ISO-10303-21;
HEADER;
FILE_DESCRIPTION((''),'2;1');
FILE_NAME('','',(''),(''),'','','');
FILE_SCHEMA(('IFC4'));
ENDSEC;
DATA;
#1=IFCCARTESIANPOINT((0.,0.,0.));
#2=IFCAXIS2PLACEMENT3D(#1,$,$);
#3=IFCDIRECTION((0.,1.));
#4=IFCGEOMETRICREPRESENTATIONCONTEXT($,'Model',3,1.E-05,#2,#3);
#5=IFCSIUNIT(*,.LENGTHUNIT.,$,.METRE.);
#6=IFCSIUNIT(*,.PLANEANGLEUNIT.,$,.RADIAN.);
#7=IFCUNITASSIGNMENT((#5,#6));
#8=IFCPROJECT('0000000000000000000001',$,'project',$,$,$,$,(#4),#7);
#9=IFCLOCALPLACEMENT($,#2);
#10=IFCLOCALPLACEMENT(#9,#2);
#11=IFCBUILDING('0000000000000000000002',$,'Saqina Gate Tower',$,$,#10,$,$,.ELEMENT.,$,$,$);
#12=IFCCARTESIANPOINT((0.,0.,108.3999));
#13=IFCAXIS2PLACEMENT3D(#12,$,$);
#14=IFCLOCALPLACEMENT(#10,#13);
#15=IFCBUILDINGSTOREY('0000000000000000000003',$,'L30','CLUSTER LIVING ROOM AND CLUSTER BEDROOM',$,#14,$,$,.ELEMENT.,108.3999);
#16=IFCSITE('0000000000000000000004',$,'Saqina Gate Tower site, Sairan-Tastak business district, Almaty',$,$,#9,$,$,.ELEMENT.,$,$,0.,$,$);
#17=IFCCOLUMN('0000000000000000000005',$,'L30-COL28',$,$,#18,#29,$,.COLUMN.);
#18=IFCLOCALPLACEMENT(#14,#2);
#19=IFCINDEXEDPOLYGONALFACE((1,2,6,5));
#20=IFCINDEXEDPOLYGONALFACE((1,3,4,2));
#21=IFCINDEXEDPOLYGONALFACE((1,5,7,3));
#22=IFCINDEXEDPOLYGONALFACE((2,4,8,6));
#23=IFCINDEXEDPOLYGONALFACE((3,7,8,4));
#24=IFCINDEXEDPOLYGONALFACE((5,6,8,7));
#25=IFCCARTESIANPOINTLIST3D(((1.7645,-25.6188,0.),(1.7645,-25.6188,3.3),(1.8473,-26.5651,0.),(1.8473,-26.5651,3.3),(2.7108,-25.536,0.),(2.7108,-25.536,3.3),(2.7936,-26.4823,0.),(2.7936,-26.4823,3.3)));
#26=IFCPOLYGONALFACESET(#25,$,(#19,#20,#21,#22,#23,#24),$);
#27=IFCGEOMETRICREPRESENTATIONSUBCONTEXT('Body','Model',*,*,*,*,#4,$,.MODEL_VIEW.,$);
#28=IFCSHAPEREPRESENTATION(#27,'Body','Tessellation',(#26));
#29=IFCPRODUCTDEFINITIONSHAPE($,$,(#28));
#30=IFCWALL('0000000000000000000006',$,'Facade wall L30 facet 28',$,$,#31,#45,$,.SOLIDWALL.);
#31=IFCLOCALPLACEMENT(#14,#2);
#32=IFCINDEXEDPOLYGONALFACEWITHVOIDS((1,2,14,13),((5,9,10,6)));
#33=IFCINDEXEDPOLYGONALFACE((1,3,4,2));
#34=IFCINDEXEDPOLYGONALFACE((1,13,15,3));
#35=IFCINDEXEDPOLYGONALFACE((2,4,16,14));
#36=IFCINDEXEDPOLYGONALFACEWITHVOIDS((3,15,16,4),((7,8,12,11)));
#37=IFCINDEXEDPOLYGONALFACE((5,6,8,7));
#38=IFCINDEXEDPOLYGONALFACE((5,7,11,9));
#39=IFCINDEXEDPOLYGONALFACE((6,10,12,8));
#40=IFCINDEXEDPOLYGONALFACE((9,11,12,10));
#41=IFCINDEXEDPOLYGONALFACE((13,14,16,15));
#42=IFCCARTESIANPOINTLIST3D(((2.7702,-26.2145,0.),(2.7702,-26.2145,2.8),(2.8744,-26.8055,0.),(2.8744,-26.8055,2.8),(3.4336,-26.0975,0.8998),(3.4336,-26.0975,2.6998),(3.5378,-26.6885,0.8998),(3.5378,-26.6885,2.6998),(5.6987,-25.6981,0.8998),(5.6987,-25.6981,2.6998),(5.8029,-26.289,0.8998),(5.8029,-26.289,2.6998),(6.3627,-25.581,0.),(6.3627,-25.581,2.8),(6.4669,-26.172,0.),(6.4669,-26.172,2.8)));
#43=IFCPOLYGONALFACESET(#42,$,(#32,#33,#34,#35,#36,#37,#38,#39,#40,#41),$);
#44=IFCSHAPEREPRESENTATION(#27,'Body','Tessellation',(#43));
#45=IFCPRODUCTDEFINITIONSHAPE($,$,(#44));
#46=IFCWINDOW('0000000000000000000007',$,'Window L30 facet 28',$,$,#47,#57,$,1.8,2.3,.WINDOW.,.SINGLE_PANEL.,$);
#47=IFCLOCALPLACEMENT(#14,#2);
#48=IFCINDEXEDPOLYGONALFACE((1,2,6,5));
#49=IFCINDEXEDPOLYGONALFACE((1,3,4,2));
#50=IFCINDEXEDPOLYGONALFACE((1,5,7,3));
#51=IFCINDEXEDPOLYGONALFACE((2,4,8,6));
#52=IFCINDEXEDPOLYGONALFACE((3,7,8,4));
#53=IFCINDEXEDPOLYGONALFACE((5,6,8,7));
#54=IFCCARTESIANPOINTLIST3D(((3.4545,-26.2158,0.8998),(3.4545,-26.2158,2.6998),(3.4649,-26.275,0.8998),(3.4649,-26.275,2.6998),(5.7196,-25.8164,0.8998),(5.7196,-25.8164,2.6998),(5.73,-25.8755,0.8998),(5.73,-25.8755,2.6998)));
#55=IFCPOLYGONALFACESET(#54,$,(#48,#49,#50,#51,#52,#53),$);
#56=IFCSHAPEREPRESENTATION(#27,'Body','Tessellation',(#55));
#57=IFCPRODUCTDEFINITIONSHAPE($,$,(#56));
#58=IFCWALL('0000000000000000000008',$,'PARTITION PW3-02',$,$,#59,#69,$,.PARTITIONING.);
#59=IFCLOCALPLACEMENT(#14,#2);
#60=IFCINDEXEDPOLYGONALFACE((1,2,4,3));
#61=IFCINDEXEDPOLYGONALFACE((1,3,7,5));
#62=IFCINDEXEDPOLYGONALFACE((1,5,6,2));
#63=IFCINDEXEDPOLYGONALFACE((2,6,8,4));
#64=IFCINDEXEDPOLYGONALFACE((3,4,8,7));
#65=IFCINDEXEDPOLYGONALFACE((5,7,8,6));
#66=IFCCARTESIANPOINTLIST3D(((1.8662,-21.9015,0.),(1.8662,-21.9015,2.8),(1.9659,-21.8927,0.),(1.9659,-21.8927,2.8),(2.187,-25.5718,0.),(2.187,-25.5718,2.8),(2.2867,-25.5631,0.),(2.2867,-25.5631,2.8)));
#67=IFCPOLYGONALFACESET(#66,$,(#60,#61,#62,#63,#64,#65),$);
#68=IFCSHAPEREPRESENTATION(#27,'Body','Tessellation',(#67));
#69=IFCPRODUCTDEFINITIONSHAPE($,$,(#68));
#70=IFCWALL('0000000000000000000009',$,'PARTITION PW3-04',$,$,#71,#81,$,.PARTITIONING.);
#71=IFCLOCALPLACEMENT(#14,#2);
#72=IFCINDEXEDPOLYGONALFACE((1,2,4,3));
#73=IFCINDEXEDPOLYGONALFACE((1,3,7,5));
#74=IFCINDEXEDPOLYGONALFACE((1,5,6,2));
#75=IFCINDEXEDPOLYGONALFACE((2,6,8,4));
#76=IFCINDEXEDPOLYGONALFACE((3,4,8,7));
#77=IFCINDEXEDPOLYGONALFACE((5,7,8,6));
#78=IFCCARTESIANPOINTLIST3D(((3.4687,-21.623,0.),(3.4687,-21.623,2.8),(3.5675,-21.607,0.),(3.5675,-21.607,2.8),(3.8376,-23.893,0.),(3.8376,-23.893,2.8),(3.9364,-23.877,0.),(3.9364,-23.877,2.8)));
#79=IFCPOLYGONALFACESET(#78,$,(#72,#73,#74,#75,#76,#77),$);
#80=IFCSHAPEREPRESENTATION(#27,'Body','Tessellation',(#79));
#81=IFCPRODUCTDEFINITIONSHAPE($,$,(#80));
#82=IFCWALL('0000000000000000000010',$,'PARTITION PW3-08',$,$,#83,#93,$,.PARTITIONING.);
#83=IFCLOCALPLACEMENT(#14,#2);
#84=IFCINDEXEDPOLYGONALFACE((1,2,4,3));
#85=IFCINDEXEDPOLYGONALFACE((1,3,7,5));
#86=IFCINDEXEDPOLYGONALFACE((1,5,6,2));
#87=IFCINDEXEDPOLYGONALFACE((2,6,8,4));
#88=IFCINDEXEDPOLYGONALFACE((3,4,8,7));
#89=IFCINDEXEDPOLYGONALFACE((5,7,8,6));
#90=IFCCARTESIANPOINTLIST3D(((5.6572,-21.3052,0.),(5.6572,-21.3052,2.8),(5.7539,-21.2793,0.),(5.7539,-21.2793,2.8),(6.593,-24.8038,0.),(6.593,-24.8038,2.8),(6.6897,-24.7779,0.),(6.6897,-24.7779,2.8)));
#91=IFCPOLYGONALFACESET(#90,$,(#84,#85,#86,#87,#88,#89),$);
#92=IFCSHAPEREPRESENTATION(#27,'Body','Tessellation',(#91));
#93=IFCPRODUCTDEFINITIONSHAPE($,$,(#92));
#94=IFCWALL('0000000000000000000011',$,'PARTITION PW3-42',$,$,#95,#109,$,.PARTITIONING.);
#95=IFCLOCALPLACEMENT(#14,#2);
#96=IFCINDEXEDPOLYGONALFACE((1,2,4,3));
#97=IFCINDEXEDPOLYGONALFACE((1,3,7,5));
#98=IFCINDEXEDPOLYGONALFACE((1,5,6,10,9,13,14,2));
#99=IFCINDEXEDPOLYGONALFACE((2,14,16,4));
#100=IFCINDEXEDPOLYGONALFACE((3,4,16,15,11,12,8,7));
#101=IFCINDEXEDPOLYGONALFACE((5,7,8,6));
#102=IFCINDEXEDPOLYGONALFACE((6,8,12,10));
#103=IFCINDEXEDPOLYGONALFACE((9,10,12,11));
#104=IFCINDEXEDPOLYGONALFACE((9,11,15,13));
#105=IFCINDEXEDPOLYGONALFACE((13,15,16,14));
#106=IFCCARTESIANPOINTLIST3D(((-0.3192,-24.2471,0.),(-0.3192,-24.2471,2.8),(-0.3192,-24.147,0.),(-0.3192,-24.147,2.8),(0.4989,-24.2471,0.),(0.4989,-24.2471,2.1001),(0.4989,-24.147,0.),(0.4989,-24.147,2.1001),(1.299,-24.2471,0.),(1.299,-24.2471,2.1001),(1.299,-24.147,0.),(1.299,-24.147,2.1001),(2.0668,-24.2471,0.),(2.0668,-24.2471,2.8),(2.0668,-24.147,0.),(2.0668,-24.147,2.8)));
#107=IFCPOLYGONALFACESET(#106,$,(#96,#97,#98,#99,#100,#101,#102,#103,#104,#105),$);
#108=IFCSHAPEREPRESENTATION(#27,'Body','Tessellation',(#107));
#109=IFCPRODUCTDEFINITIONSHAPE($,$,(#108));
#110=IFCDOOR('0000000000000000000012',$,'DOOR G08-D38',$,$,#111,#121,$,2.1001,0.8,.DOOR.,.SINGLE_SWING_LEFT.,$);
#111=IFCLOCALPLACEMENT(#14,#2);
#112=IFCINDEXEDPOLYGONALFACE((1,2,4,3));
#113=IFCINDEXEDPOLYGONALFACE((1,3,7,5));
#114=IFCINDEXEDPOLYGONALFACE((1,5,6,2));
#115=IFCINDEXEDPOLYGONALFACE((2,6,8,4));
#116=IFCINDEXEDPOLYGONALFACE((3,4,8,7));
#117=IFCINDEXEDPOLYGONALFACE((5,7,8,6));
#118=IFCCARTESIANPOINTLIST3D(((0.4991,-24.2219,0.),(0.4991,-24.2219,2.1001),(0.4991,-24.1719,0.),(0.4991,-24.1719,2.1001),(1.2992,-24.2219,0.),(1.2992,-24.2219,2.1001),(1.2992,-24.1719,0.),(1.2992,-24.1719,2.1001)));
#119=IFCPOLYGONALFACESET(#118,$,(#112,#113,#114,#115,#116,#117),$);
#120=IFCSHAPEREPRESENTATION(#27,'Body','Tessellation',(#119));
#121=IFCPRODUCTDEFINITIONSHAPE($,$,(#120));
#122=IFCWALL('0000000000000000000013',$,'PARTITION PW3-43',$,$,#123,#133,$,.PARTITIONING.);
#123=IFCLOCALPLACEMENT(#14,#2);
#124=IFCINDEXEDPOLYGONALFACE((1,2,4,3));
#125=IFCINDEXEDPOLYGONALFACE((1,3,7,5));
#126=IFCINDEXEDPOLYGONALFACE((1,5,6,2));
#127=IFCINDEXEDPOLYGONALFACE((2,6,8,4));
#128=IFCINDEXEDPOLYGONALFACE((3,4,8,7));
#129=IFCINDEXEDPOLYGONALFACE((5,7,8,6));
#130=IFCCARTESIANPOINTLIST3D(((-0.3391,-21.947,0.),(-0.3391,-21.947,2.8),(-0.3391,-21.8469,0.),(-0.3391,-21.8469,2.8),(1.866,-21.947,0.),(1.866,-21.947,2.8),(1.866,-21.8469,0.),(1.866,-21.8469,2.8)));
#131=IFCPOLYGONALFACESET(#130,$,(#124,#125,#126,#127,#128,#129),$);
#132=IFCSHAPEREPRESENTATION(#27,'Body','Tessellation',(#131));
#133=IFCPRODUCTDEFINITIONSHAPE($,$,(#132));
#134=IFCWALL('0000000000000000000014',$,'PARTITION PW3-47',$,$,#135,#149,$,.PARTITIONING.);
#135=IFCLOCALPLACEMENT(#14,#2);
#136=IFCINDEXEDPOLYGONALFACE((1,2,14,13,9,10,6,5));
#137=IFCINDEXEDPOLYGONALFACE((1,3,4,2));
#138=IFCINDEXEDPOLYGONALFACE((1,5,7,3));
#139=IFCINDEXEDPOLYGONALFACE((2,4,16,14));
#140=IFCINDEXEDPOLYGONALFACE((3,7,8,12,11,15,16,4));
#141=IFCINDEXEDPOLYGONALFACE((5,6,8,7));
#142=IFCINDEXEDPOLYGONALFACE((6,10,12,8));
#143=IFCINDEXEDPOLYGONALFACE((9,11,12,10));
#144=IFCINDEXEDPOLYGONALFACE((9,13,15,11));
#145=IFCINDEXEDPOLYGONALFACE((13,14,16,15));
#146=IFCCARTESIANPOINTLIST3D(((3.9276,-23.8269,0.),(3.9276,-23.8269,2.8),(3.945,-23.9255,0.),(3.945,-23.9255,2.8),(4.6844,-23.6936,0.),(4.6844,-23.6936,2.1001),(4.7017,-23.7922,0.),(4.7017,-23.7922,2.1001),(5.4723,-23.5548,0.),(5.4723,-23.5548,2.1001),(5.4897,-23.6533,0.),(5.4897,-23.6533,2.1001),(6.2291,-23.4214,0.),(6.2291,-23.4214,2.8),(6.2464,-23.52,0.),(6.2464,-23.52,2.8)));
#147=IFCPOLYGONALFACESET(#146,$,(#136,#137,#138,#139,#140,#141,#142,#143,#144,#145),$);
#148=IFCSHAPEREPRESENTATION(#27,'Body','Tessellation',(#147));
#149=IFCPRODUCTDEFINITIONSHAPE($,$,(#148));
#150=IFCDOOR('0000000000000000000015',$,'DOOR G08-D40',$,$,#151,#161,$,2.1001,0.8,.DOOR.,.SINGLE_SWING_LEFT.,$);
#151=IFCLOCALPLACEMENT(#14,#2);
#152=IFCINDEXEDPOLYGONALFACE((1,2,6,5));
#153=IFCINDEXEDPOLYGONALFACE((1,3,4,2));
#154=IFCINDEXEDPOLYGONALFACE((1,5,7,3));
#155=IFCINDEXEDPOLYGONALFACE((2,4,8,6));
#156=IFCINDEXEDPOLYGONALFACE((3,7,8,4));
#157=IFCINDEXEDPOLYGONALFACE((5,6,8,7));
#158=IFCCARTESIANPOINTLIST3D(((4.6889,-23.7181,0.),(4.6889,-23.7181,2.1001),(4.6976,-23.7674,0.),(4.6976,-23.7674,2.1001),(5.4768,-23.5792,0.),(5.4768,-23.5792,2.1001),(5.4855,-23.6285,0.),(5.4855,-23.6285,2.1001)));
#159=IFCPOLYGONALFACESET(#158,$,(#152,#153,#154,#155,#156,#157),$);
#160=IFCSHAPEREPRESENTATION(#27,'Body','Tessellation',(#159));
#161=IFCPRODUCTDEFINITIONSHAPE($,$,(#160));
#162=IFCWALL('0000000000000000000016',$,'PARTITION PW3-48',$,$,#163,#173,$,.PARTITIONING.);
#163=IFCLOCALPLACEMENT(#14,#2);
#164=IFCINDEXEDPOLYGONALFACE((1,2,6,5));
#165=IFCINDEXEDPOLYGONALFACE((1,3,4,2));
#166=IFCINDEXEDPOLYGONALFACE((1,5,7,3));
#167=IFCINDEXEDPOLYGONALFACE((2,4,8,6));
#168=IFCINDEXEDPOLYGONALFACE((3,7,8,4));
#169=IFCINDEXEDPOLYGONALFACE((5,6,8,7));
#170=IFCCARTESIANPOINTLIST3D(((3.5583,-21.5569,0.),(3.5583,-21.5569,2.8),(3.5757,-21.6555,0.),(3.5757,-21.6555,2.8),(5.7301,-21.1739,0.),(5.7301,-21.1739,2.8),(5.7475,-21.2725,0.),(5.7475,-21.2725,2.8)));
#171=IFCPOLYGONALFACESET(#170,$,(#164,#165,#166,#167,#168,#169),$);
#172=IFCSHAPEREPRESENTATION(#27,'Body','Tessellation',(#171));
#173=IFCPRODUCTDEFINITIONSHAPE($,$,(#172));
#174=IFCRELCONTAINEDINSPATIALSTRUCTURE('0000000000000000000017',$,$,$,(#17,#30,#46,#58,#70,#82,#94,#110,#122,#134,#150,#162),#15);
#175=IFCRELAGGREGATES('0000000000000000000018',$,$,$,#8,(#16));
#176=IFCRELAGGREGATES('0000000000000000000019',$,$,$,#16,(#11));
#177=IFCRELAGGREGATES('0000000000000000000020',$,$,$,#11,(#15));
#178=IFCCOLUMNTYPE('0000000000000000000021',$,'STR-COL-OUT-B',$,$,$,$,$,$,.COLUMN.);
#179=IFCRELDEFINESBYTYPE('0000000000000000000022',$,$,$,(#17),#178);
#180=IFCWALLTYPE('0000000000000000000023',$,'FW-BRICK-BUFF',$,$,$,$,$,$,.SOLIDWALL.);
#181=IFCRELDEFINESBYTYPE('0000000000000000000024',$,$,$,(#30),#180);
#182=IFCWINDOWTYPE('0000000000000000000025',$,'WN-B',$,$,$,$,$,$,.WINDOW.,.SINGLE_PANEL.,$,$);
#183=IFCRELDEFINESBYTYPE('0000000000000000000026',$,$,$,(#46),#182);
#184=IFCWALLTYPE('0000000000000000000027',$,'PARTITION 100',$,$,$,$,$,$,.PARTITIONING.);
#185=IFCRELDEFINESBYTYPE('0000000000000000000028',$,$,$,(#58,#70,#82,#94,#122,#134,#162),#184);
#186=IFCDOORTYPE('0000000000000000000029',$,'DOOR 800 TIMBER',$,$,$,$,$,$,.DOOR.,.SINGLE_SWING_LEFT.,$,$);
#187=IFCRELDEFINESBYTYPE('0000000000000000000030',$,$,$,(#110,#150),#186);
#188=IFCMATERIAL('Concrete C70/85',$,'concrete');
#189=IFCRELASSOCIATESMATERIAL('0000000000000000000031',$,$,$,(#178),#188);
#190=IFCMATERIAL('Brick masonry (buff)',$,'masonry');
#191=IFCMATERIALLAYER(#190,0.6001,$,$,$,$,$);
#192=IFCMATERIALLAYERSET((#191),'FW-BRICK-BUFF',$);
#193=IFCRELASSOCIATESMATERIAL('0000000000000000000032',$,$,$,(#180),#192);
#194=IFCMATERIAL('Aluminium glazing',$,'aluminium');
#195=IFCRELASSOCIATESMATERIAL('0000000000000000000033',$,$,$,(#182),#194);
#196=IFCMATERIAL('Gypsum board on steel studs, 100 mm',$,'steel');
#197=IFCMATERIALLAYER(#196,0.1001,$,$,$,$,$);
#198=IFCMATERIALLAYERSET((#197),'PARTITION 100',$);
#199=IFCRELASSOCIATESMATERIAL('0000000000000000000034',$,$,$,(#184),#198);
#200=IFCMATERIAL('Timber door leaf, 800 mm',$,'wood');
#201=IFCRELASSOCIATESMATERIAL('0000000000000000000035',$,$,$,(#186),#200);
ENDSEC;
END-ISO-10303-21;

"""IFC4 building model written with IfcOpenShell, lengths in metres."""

from ifc_helpers import new_model, si_unit, direction, frame, frame_2d, origin, origin_2d, place, context, subcontext, project, spatial, rectangle, extrude, material, layer, layer_set, material_profile, profile_set, type_object, element, fill, save


model = new_model("IFC4")

# Units and contexts
model_context = context("Model", 3, precision=1e-05, world=origin(), true_north=direction((0.0, 1.0)))
body_context = subcontext(model_context, "Body", "Model", "MODEL_VIEW")
ifc_project = project(units=[si_unit("LENGTHUNIT", "METRE"), si_unit("PLANEANGLEUNIT", "RADIAN")], contexts=[model_context])

# Site, building, storey
site_placement = place(None, origin())
site = spatial("IfcSite", under=ifc_project, at=site_placement, Name="Saqina Gate Tower site, Sairan-Tastak business district, Almaty", CompositionType="ELEMENT", RefElevation=0.0)
building_placement = place(site_placement, origin())
building = spatial("IfcBuilding", under=site, at=building_placement, Name="Saqina Gate Tower", CompositionType="ELEMENT")
storey_placement = place(building_placement, frame((0.0, 0.0, 108.3999)))
storey = spatial("IfcBuildingStorey", under=building, at=storey_placement, Name="L30", Description="CLUSTER LIVING ROOM AND CLUSTER BEDROOM", CompositionType="ELEMENT", Elevation=108.3999)

# Column
ifc_material_1 = material(Name="Concrete C70/85", Category="concrete")
ifc_material_profile = material_profile(ifc_material_1, rectangle(XDim=0.95, YDim=0.95, at=origin_2d()), Name="RC 950x950")
ifc_profile_set = profile_set([ifc_material_profile], Name="Concrete C70/85")
column_type = type_object("IfcColumnType", Name="STR-COL-OUT-B", PredefinedType="COLUMN", material=ifc_profile_set)
column_placement = place(storey_placement, frame((2.2791, -26.0505, 0.0), z_axis=(0.0, 0.0, 1.0), x_axis=(0.087156, -0.996195, 0.0)))
element("IfcColumn", 1, at=column_placement, inside=storey, type_object=column_type, Name="L30-COL28", PredefinedType="COLUMN", context=body_context, shape_type="SweptSolid", body=[
    extrude(rectangle(XDim=0.95, YDim=0.95, at=origin_2d()), origin(), (0.0, 0.0, 1.0), 3.3),
])

# Wall, opening, window
ifc_material_2 = material(Name="Brick masonry (buff)", Category="masonry")
ifc_layer_1 = layer(ifc_material_2, 0.6001)
ifc_layer_set_1 = layer_set([ifc_layer_1], Name="FW-BRICK-BUFF")
wall_type_1 = type_object("IfcWallType", Name="FW-BRICK-BUFF", PredefinedType="SOLIDWALL", material=ifc_layer_set_1)
wall_1_placement = place(storey_placement, frame((2.8223, -26.51, 0.0), z_axis=(0.0, 0.0, 1.0), x_axis=(0.984804, 0.173671, 0.0)))
wall_1 = element("IfcWall", 2, at=wall_1_placement, inside=storey, type_object=wall_type_1, Name="Facade wall L30 facet 28", PredefinedType="SOLIDWALL", context=body_context, shape_type="SweptSolid", body=[
    extrude(rectangle(XDim=3.6479, YDim=0.6001, at=frame_2d((1.824, 0.0))), origin(), (0.0, 0.0, 1.0), 2.8),
])
opening_1_placement = place(wall_1_placement, frame((0.6738, 0.0, 0.8999)))
opening_1 = element("IfcOpeningElement", 3, at=opening_1_placement, cuts=wall_1, PredefinedType="OPENING", context=body_context, shape_type="SweptSolid", body=[
    extrude(rectangle(XDim=2.3, YDim=1.8, at=frame_2d((1.1499, 0.8999))), frame((0.0, 0.312, 0.0), z_axis=(0.0, -1.0, 0.0), x_axis=(1.0, 0.0, 0.0)), (0.0, 0.0, 1.0), 0.624),
])
ifc_material_3 = material(Name="Aluminium glazing", Category="aluminium")
window_type = type_object("IfcWindowType", Name="WN-B", PartitioningType="SINGLE_PANEL", PredefinedType="WINDOW", material=ifc_material_3)
window_placement = place(opening_1_placement, origin())
window = element("IfcWindow", 4, at=window_placement, inside=storey, type_object=window_type, Name="Window L30 facet 28", OverallHeight=1.8, OverallWidth=2.3, PartitioningType="SINGLE_PANEL", PredefinedType="WINDOW", context=body_context, shape_type="SweptSolid", body=[
    extrude(rectangle(XDim=2.3, YDim=1.8, at=frame_2d((1.1499, 0.8999))), frame((0.0, 0.1799, 0.0), z_axis=(0.0, -1.0, 0.0), x_axis=(1.0, 0.0, 0.0)), (0.0, 0.0, 1.0), 0.0601),
])
fill(opening_1, window)

# Walls
ifc_material_4 = material(Name="Gypsum board on steel studs, 100 mm", Category="steel")
ifc_layer_2 = layer(ifc_material_4, 0.1001)
ifc_layer_set_2 = layer_set([ifc_layer_2], Name="PARTITION 100")
wall_type_2 = type_object("IfcWallType", Name="PARTITION 100", PredefinedType="PARTITIONING", material=ifc_layer_set_2)
wall_2_placement = place(storey_placement, frame((1.916, -21.897, 0.0), z_axis=(0.0, 0.0, 1.0), x_axis=(0.08707, -0.996202, 0.0)))
element("IfcWall", 5, at=wall_2_placement, inside=storey, type_object=wall_type_2, Name="PARTITION PW3-02", PredefinedType="PARTITIONING", context=body_context, shape_type="SweptSolid", body=[
    extrude(rectangle(XDim=3.6843, YDim=0.1001, at=frame_2d((1.8423, 0.0))), origin(), (0.0, 0.0, 1.0), 2.8),
])
wall_3_placement = place(storey_placement, frame((3.5181, -21.615, 0.0), z_axis=(0.0, 0.0, 1.0), x_axis=(0.160404, -0.987051, 0.0)))
element("IfcWall", 6, at=wall_3_placement, inside=storey, type_object=wall_type_2, Name="PARTITION PW3-04", PredefinedType="PARTITIONING", context=body_context, shape_type="SweptSolid", body=[
    extrude(rectangle(XDim=2.2998, YDim=0.1001, at=frame_2d((1.1499, 0.0))), origin(), (0.0, 0.0, 1.0), 2.8),
])
wall_4_placement = place(storey_placement, frame((5.7056, -21.2922, 0.0), z_axis=(0.0, 0.0, 1.0), x_axis=(0.258397, -0.966039, 0.0)))
element("IfcWall", 7, at=wall_4_placement, inside=storey, type_object=wall_type_2, Name="PARTITION PW3-08", PredefinedType="PARTITIONING", context=body_context, shape_type="SweptSolid", body=[
    extrude(rectangle(XDim=3.6216, YDim=0.1001, at=frame_2d((1.8108, 0.0))), origin(), (0.0, 0.0, 1.0), 2.8),
])

# Wall, opening, door
wall_5_placement = place(storey_placement, frame((-0.3191, -24.197, 0.0), z_axis=(0.0, 0.0, 1.0), x_axis=(1.0, 0.0, 0.0)))
wall_5 = element("IfcWall", 8, at=wall_5_placement, inside=storey, type_object=wall_type_2, Name="PARTITION PW3-42", PredefinedType="PARTITIONING", context=body_context, shape_type="SweptSolid", body=[
    extrude(rectangle(XDim=2.386, YDim=0.1001, at=frame_2d((1.1929, 0.0))), origin(), (0.0, 0.0, 1.0), 2.8),
])
opening_2_placement = place(wall_5_placement, frame((0.8181, 0.0, 0.0)))
opening_2 = element("IfcOpeningElement", 9, at=opening_2_placement, cuts=wall_5, PredefinedType="OPENING", context=body_context, shape_type="SweptSolid", body=[
    extrude(rectangle(XDim=0.8, YDim=2.1001, at=frame_2d((0.3999, 1.05))), frame((0.0, 0.062, 0.0), z_axis=(0.0, -1.0, 0.0), x_axis=(1.0, 0.0, 0.0)), (0.0, 0.0, 1.0), 0.124),
])
ifc_material_5 = material(Name="Timber door leaf, 800 mm", Category="wood")
door_type_1 = type_object("IfcDoorType", Name="DOOR 800 TIMBER", OperationType="SINGLE_SWING_LEFT", PredefinedType="DOOR", material=ifc_material_5)
door_1_placement = place(opening_2_placement, frame((0.8, 0.0, 0.0), z_axis=(0.0, 0.0, 1.0), x_axis=(-1.0, 0.0, 0.0)))
door_1 = element("IfcDoor", 10, at=door_1_placement, inside=storey, type_object=door_type_1, Name="DOOR G08-D38", OperationType="SINGLE_SWING_LEFT", OverallHeight=2.1001, OverallWidth=0.8, PredefinedType="DOOR", context=body_context, shape_type="SweptSolid", body=[
    extrude(rectangle(XDim=0.8, YDim=2.1001, at=frame_2d((0.3999, 1.05))), frame((0.0, 0.0249, 0.0), z_axis=(0.0, -1.0, 0.0), x_axis=(1.0, 0.0, 0.0)), (0.0, 0.0, 1.0), 0.05),
])
fill(opening_2, door_1)

# Wall
wall_6_placement = place(storey_placement, frame((-0.3391, -21.897, 0.0), z_axis=(0.0, 0.0, 1.0), x_axis=(1.0, 0.0, 0.0)))
element("IfcWall", 11, at=wall_6_placement, inside=storey, type_object=wall_type_2, Name="PARTITION PW3-43", PredefinedType="PARTITIONING", context=body_context, shape_type="SweptSolid", body=[
    extrude(rectangle(XDim=2.2051, YDim=0.1001, at=frame_2d((1.1025, 0.0))), origin(), (0.0, 0.0, 1.0), 2.8),
])

# Wall, opening, door
wall_7_placement = place(storey_placement, frame((3.9363, -23.8762, 0.0), z_axis=(0.0, 0.0, 1.0), x_axis=(0.98483, 0.173523, 0.0)))
wall_7 = element("IfcWall", 12, at=wall_7_placement, inside=storey, type_object=wall_type_2, Name="PARTITION PW3-47", PredefinedType="PARTITIONING", context=body_context, shape_type="SweptSolid", body=[
    extrude(rectangle(XDim=2.3369, YDim=0.1001, at=frame_2d((1.1685, 0.0))), origin(), (0.0, 0.0, 1.0), 2.8),
])
opening_3_placement = place(wall_7_placement, frame((0.7686, 0.0, 0.0)))
opening_3 = element("IfcOpeningElement", 13, at=opening_3_placement, cuts=wall_7, PredefinedType="OPENING", context=body_context, shape_type="SweptSolid", body=[
    extrude(rectangle(XDim=0.8, YDim=2.1001, at=frame_2d((0.3999, 1.05))), frame((0.0, 0.062, 0.0), z_axis=(0.0, -1.0, 0.0), x_axis=(1.0, 0.0, 0.0)), (0.0, 0.0, 1.0), 0.124),
])
door_2_placement = place(opening_3_placement, frame((0.8, 0.0, 0.0), z_axis=(0.0, 0.0, 1.0), x_axis=(-1.0, 0.0, 0.0)))
door_2 = element("IfcDoor", 14, at=door_2_placement, inside=storey, type_object=door_type_1, Name="DOOR G08-D40", OperationType="SINGLE_SWING_LEFT", OverallHeight=2.1001, OverallWidth=0.8, PredefinedType="DOOR", context=body_context, shape_type="SweptSolid", body=[
    extrude(rectangle(XDim=0.8, YDim=2.1001, at=frame_2d((0.3999, 1.05))), frame((0.0, 0.0249, 0.0), z_axis=(0.0, -1.0, 0.0), x_axis=(1.0, 0.0, 0.0)), (0.0, 0.0, 1.0), 0.05),
])
fill(opening_3, door_2)

# Wall
wall_8_placement = place(storey_placement, frame((3.5671, -21.6062, 0.0), z_axis=(0.0, 0.0, 1.0), x_axis=(0.9848, 0.173691, 0.0)))
element("IfcWall", 15, at=wall_8_placement, inside=storey, type_object=wall_type_2, Name="PARTITION PW3-48", PredefinedType="PARTITIONING", context=body_context, shape_type="SweptSolid", body=[
    extrude(rectangle(XDim=2.2053, YDim=0.1001, at=frame_2d((1.1025, 0.0))), origin(), (0.0, 0.0, 1.0), 2.8),
])

save(model, "model.ifc")
